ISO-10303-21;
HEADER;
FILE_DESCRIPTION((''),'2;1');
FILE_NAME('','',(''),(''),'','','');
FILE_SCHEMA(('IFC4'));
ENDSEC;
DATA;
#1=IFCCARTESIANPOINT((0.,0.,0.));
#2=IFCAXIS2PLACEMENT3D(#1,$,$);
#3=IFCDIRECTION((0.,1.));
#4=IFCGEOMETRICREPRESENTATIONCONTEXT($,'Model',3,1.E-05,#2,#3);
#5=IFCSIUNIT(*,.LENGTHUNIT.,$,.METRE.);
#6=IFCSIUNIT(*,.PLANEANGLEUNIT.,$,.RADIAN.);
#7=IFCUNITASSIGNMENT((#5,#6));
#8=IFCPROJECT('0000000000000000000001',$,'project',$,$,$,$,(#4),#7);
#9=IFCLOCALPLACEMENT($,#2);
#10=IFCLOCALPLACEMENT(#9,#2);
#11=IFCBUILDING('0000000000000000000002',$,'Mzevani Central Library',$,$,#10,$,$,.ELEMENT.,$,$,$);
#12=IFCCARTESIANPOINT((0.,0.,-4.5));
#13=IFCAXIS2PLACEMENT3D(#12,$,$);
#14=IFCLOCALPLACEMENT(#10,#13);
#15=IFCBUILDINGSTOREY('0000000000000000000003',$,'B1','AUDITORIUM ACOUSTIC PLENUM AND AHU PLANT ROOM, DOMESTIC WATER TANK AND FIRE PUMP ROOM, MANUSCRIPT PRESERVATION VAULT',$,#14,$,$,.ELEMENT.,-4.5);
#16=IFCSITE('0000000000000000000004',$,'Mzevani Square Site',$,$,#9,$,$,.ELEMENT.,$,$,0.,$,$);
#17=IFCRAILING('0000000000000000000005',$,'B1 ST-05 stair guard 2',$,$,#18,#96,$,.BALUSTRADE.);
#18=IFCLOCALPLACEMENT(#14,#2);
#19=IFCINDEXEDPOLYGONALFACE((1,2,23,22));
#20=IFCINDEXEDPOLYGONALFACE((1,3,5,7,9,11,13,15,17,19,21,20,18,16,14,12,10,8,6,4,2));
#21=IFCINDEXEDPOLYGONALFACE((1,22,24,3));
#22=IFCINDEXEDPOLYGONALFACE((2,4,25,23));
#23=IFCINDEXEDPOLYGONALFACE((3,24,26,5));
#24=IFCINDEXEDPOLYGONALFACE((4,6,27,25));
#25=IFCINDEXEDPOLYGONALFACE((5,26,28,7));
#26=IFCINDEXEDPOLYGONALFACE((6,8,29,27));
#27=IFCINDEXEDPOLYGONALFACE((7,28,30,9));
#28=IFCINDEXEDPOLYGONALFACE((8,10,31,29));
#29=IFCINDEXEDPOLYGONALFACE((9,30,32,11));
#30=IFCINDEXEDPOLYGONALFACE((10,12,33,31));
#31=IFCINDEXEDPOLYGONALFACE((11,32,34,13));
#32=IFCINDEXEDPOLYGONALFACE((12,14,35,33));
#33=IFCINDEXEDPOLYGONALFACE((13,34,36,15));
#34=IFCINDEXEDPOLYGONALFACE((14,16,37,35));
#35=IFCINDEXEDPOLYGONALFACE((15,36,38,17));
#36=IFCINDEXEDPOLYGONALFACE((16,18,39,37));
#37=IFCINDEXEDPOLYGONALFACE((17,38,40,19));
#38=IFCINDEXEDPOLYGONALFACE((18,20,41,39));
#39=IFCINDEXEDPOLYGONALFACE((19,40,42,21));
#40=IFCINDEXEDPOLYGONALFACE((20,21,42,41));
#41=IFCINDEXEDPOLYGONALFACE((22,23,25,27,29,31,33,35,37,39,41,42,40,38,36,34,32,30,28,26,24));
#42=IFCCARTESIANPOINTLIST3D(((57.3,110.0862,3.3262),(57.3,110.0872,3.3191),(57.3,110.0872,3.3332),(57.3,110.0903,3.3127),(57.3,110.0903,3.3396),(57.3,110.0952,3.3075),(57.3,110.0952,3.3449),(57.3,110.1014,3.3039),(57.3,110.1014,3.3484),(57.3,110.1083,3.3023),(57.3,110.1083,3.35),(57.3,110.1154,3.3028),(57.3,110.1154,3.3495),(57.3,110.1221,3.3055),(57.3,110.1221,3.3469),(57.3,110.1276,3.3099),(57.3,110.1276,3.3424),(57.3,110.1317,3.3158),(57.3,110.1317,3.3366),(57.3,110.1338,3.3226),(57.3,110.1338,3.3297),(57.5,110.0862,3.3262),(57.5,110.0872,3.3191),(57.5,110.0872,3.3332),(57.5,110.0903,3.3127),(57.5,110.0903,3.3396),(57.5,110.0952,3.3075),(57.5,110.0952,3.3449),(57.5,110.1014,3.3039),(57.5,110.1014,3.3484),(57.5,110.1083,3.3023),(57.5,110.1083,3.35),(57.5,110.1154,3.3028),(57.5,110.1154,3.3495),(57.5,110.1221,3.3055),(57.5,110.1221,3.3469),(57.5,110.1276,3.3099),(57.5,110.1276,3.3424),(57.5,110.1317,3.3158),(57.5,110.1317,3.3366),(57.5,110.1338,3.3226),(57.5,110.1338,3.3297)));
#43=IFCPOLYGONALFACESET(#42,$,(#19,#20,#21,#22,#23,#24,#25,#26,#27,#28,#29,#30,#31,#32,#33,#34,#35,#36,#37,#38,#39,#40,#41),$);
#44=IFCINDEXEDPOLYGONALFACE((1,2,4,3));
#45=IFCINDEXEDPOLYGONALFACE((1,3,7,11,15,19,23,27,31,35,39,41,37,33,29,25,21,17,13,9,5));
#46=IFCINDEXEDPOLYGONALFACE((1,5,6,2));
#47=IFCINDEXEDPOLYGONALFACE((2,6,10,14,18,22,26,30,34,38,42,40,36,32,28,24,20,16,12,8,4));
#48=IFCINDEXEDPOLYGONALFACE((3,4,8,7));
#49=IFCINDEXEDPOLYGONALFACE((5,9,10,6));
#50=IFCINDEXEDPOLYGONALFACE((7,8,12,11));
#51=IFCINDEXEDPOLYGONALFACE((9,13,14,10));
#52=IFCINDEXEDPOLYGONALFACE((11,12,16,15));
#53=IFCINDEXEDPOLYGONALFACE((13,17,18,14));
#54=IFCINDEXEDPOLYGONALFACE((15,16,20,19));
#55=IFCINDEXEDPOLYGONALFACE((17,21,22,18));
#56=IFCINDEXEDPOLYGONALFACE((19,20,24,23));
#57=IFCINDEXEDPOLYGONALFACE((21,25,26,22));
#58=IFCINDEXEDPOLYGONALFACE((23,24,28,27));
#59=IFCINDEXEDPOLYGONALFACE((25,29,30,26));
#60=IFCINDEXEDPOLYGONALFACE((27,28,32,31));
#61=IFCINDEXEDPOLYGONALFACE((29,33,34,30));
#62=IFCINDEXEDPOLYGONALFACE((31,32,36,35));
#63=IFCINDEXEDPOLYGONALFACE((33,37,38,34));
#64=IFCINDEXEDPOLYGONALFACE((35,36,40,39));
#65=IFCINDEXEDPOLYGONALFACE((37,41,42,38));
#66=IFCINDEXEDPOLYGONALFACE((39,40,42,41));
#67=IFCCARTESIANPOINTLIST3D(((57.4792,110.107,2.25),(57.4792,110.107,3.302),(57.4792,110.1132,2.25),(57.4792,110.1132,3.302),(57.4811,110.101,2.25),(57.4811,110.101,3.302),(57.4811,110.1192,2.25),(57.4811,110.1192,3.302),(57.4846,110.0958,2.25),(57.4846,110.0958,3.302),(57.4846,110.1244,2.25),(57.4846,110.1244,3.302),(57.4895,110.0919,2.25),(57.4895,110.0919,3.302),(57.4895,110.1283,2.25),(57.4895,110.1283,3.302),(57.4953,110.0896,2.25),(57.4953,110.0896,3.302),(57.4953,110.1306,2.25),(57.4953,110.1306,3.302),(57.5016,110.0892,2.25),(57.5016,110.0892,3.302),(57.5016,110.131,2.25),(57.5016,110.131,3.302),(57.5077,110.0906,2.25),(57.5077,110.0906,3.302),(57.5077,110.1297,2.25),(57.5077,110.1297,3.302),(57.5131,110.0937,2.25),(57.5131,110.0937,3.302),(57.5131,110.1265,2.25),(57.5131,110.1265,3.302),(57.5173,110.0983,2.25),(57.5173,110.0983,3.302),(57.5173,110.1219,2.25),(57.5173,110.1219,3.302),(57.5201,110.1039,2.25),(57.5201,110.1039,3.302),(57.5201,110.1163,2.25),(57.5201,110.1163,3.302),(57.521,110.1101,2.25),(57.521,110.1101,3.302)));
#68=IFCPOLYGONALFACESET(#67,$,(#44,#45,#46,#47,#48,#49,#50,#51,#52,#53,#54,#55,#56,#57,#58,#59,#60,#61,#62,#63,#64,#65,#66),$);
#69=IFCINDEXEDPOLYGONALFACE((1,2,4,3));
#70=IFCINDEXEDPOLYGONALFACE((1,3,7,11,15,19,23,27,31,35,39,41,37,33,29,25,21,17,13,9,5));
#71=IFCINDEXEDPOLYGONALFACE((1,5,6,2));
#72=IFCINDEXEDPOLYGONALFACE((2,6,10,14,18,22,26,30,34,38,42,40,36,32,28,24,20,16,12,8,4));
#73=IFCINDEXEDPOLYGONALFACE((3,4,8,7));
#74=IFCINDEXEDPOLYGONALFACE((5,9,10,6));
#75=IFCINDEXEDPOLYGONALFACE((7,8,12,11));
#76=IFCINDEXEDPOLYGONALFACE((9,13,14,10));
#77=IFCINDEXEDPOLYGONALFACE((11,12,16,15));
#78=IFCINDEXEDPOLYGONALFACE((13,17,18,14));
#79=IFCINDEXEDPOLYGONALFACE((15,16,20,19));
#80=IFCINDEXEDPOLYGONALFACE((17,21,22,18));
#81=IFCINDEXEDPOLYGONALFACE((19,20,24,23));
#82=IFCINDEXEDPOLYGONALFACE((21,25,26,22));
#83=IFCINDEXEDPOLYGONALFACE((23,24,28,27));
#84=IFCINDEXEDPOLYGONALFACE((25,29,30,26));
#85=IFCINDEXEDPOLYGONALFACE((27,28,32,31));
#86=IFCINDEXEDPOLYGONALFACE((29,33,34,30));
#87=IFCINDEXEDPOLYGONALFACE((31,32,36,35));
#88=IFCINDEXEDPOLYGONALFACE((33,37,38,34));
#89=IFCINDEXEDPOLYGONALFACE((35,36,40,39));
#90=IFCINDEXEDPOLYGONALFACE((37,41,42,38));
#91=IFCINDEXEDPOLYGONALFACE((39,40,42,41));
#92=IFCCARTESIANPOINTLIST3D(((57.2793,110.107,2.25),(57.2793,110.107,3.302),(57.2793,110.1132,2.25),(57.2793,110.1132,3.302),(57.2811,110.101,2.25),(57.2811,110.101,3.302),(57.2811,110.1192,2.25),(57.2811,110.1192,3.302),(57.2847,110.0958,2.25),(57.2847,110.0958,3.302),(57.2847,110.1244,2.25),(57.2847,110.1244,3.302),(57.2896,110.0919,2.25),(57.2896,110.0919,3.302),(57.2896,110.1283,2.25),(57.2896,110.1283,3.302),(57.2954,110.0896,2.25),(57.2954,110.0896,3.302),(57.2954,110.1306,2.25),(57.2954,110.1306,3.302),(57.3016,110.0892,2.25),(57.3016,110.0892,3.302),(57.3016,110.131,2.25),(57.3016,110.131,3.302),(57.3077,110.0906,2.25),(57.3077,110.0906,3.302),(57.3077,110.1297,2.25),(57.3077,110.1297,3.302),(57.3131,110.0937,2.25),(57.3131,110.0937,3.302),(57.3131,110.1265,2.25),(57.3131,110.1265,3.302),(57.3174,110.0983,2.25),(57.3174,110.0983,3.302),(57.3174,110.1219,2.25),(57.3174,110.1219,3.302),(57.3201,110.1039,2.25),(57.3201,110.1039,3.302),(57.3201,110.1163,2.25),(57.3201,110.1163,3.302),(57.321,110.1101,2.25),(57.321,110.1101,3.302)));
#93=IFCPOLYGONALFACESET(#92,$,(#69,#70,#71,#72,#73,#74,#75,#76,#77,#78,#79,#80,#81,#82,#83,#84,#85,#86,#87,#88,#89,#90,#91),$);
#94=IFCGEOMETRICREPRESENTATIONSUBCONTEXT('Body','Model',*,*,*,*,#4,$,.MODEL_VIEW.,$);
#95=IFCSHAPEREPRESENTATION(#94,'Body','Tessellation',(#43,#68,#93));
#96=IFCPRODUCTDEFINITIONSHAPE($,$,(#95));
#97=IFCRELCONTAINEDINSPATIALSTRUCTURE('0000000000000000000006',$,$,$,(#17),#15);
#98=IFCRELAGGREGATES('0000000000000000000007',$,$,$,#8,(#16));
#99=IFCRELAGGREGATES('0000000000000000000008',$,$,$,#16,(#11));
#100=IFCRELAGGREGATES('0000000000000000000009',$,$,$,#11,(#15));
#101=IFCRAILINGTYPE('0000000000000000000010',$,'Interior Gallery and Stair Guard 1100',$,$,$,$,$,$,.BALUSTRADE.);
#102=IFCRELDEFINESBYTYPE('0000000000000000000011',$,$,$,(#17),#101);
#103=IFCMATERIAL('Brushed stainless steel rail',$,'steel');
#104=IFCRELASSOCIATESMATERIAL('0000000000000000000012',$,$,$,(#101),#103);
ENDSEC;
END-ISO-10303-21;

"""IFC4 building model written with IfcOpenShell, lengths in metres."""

from ifc_helpers import new_model, si_unit, direction, frame, origin, origin_2d, place, context, subcontext, project, spatial, circle, extrude, material, type_object, element, save


model = new_model("IFC4")

# Units and contexts
model_context = context("Model", 3, precision=1e-05, world=origin(), true_north=direction((0.0, 1.0)))
body_context = subcontext(model_context, "Body", "Model", "MODEL_VIEW")
ifc_project = project(units=[si_unit("LENGTHUNIT", "METRE"), si_unit("PLANEANGLEUNIT", "RADIAN")], contexts=[model_context])

# Site, building, storey
site_placement = place(None, origin())
site = spatial("IfcSite", under=ifc_project, at=site_placement, Name="Mzevani Square Site", CompositionType="ELEMENT", RefElevation=0.0)
building_placement = place(site_placement, origin())
building = spatial("IfcBuilding", under=site, at=building_placement, Name="Mzevani Central Library", CompositionType="ELEMENT")
storey_placement = place(building_placement, frame((0.0, 0.0, -4.5)))
storey = spatial("IfcBuildingStorey", under=building, at=storey_placement, Name="B1", Description="AUDITORIUM ACOUSTIC PLENUM AND AHU PLANT ROOM, DOMESTIC WATER TANK AND FIRE PUMP ROOM, MANUSCRIPT PRESERVATION VAULT", CompositionType="ELEMENT", Elevation=-4.5)

# Railing
ifc_material_1 = material(Name="Brushed stainless steel rail", Category="steel")
railing_type_1 = type_object("IfcRailingType", Name="Interior Gallery and Stair Guard 1100", PredefinedType="BALUSTRADE", material=ifc_material_1)
railing_1_placement = place(storey_placement, frame((57.5, 110.1101, 2.25)))
element("IfcRailing", 1, at=railing_1_placement, inside=storey, type_object=railing_type_1, Name="B1 ST-05 stair guard 2", PredefinedType="BALUSTRADE", context=body_context, shape_type="SweptSolid", body=[
    extrude(circle(Radius=0.0239, at=origin_2d()), frame((0.0, 0.0, 1.0762), z_axis=(-1.0, 0.0, 0.0), x_axis=(0.0, -1.0, 0.0)), (0.0, 0.0, 1.0), 0.2),
    extrude(circle(Radius=0.021, at=origin_2d()), origin(), (0.0, 0.0, 1.0), 1.052),
    extrude(circle(Radius=0.021, at=origin_2d()), frame((-0.2, 0.0, 0.0)), (0.0, 0.0, 1.0), 1.052),
])

save(model, "model.ifc")
